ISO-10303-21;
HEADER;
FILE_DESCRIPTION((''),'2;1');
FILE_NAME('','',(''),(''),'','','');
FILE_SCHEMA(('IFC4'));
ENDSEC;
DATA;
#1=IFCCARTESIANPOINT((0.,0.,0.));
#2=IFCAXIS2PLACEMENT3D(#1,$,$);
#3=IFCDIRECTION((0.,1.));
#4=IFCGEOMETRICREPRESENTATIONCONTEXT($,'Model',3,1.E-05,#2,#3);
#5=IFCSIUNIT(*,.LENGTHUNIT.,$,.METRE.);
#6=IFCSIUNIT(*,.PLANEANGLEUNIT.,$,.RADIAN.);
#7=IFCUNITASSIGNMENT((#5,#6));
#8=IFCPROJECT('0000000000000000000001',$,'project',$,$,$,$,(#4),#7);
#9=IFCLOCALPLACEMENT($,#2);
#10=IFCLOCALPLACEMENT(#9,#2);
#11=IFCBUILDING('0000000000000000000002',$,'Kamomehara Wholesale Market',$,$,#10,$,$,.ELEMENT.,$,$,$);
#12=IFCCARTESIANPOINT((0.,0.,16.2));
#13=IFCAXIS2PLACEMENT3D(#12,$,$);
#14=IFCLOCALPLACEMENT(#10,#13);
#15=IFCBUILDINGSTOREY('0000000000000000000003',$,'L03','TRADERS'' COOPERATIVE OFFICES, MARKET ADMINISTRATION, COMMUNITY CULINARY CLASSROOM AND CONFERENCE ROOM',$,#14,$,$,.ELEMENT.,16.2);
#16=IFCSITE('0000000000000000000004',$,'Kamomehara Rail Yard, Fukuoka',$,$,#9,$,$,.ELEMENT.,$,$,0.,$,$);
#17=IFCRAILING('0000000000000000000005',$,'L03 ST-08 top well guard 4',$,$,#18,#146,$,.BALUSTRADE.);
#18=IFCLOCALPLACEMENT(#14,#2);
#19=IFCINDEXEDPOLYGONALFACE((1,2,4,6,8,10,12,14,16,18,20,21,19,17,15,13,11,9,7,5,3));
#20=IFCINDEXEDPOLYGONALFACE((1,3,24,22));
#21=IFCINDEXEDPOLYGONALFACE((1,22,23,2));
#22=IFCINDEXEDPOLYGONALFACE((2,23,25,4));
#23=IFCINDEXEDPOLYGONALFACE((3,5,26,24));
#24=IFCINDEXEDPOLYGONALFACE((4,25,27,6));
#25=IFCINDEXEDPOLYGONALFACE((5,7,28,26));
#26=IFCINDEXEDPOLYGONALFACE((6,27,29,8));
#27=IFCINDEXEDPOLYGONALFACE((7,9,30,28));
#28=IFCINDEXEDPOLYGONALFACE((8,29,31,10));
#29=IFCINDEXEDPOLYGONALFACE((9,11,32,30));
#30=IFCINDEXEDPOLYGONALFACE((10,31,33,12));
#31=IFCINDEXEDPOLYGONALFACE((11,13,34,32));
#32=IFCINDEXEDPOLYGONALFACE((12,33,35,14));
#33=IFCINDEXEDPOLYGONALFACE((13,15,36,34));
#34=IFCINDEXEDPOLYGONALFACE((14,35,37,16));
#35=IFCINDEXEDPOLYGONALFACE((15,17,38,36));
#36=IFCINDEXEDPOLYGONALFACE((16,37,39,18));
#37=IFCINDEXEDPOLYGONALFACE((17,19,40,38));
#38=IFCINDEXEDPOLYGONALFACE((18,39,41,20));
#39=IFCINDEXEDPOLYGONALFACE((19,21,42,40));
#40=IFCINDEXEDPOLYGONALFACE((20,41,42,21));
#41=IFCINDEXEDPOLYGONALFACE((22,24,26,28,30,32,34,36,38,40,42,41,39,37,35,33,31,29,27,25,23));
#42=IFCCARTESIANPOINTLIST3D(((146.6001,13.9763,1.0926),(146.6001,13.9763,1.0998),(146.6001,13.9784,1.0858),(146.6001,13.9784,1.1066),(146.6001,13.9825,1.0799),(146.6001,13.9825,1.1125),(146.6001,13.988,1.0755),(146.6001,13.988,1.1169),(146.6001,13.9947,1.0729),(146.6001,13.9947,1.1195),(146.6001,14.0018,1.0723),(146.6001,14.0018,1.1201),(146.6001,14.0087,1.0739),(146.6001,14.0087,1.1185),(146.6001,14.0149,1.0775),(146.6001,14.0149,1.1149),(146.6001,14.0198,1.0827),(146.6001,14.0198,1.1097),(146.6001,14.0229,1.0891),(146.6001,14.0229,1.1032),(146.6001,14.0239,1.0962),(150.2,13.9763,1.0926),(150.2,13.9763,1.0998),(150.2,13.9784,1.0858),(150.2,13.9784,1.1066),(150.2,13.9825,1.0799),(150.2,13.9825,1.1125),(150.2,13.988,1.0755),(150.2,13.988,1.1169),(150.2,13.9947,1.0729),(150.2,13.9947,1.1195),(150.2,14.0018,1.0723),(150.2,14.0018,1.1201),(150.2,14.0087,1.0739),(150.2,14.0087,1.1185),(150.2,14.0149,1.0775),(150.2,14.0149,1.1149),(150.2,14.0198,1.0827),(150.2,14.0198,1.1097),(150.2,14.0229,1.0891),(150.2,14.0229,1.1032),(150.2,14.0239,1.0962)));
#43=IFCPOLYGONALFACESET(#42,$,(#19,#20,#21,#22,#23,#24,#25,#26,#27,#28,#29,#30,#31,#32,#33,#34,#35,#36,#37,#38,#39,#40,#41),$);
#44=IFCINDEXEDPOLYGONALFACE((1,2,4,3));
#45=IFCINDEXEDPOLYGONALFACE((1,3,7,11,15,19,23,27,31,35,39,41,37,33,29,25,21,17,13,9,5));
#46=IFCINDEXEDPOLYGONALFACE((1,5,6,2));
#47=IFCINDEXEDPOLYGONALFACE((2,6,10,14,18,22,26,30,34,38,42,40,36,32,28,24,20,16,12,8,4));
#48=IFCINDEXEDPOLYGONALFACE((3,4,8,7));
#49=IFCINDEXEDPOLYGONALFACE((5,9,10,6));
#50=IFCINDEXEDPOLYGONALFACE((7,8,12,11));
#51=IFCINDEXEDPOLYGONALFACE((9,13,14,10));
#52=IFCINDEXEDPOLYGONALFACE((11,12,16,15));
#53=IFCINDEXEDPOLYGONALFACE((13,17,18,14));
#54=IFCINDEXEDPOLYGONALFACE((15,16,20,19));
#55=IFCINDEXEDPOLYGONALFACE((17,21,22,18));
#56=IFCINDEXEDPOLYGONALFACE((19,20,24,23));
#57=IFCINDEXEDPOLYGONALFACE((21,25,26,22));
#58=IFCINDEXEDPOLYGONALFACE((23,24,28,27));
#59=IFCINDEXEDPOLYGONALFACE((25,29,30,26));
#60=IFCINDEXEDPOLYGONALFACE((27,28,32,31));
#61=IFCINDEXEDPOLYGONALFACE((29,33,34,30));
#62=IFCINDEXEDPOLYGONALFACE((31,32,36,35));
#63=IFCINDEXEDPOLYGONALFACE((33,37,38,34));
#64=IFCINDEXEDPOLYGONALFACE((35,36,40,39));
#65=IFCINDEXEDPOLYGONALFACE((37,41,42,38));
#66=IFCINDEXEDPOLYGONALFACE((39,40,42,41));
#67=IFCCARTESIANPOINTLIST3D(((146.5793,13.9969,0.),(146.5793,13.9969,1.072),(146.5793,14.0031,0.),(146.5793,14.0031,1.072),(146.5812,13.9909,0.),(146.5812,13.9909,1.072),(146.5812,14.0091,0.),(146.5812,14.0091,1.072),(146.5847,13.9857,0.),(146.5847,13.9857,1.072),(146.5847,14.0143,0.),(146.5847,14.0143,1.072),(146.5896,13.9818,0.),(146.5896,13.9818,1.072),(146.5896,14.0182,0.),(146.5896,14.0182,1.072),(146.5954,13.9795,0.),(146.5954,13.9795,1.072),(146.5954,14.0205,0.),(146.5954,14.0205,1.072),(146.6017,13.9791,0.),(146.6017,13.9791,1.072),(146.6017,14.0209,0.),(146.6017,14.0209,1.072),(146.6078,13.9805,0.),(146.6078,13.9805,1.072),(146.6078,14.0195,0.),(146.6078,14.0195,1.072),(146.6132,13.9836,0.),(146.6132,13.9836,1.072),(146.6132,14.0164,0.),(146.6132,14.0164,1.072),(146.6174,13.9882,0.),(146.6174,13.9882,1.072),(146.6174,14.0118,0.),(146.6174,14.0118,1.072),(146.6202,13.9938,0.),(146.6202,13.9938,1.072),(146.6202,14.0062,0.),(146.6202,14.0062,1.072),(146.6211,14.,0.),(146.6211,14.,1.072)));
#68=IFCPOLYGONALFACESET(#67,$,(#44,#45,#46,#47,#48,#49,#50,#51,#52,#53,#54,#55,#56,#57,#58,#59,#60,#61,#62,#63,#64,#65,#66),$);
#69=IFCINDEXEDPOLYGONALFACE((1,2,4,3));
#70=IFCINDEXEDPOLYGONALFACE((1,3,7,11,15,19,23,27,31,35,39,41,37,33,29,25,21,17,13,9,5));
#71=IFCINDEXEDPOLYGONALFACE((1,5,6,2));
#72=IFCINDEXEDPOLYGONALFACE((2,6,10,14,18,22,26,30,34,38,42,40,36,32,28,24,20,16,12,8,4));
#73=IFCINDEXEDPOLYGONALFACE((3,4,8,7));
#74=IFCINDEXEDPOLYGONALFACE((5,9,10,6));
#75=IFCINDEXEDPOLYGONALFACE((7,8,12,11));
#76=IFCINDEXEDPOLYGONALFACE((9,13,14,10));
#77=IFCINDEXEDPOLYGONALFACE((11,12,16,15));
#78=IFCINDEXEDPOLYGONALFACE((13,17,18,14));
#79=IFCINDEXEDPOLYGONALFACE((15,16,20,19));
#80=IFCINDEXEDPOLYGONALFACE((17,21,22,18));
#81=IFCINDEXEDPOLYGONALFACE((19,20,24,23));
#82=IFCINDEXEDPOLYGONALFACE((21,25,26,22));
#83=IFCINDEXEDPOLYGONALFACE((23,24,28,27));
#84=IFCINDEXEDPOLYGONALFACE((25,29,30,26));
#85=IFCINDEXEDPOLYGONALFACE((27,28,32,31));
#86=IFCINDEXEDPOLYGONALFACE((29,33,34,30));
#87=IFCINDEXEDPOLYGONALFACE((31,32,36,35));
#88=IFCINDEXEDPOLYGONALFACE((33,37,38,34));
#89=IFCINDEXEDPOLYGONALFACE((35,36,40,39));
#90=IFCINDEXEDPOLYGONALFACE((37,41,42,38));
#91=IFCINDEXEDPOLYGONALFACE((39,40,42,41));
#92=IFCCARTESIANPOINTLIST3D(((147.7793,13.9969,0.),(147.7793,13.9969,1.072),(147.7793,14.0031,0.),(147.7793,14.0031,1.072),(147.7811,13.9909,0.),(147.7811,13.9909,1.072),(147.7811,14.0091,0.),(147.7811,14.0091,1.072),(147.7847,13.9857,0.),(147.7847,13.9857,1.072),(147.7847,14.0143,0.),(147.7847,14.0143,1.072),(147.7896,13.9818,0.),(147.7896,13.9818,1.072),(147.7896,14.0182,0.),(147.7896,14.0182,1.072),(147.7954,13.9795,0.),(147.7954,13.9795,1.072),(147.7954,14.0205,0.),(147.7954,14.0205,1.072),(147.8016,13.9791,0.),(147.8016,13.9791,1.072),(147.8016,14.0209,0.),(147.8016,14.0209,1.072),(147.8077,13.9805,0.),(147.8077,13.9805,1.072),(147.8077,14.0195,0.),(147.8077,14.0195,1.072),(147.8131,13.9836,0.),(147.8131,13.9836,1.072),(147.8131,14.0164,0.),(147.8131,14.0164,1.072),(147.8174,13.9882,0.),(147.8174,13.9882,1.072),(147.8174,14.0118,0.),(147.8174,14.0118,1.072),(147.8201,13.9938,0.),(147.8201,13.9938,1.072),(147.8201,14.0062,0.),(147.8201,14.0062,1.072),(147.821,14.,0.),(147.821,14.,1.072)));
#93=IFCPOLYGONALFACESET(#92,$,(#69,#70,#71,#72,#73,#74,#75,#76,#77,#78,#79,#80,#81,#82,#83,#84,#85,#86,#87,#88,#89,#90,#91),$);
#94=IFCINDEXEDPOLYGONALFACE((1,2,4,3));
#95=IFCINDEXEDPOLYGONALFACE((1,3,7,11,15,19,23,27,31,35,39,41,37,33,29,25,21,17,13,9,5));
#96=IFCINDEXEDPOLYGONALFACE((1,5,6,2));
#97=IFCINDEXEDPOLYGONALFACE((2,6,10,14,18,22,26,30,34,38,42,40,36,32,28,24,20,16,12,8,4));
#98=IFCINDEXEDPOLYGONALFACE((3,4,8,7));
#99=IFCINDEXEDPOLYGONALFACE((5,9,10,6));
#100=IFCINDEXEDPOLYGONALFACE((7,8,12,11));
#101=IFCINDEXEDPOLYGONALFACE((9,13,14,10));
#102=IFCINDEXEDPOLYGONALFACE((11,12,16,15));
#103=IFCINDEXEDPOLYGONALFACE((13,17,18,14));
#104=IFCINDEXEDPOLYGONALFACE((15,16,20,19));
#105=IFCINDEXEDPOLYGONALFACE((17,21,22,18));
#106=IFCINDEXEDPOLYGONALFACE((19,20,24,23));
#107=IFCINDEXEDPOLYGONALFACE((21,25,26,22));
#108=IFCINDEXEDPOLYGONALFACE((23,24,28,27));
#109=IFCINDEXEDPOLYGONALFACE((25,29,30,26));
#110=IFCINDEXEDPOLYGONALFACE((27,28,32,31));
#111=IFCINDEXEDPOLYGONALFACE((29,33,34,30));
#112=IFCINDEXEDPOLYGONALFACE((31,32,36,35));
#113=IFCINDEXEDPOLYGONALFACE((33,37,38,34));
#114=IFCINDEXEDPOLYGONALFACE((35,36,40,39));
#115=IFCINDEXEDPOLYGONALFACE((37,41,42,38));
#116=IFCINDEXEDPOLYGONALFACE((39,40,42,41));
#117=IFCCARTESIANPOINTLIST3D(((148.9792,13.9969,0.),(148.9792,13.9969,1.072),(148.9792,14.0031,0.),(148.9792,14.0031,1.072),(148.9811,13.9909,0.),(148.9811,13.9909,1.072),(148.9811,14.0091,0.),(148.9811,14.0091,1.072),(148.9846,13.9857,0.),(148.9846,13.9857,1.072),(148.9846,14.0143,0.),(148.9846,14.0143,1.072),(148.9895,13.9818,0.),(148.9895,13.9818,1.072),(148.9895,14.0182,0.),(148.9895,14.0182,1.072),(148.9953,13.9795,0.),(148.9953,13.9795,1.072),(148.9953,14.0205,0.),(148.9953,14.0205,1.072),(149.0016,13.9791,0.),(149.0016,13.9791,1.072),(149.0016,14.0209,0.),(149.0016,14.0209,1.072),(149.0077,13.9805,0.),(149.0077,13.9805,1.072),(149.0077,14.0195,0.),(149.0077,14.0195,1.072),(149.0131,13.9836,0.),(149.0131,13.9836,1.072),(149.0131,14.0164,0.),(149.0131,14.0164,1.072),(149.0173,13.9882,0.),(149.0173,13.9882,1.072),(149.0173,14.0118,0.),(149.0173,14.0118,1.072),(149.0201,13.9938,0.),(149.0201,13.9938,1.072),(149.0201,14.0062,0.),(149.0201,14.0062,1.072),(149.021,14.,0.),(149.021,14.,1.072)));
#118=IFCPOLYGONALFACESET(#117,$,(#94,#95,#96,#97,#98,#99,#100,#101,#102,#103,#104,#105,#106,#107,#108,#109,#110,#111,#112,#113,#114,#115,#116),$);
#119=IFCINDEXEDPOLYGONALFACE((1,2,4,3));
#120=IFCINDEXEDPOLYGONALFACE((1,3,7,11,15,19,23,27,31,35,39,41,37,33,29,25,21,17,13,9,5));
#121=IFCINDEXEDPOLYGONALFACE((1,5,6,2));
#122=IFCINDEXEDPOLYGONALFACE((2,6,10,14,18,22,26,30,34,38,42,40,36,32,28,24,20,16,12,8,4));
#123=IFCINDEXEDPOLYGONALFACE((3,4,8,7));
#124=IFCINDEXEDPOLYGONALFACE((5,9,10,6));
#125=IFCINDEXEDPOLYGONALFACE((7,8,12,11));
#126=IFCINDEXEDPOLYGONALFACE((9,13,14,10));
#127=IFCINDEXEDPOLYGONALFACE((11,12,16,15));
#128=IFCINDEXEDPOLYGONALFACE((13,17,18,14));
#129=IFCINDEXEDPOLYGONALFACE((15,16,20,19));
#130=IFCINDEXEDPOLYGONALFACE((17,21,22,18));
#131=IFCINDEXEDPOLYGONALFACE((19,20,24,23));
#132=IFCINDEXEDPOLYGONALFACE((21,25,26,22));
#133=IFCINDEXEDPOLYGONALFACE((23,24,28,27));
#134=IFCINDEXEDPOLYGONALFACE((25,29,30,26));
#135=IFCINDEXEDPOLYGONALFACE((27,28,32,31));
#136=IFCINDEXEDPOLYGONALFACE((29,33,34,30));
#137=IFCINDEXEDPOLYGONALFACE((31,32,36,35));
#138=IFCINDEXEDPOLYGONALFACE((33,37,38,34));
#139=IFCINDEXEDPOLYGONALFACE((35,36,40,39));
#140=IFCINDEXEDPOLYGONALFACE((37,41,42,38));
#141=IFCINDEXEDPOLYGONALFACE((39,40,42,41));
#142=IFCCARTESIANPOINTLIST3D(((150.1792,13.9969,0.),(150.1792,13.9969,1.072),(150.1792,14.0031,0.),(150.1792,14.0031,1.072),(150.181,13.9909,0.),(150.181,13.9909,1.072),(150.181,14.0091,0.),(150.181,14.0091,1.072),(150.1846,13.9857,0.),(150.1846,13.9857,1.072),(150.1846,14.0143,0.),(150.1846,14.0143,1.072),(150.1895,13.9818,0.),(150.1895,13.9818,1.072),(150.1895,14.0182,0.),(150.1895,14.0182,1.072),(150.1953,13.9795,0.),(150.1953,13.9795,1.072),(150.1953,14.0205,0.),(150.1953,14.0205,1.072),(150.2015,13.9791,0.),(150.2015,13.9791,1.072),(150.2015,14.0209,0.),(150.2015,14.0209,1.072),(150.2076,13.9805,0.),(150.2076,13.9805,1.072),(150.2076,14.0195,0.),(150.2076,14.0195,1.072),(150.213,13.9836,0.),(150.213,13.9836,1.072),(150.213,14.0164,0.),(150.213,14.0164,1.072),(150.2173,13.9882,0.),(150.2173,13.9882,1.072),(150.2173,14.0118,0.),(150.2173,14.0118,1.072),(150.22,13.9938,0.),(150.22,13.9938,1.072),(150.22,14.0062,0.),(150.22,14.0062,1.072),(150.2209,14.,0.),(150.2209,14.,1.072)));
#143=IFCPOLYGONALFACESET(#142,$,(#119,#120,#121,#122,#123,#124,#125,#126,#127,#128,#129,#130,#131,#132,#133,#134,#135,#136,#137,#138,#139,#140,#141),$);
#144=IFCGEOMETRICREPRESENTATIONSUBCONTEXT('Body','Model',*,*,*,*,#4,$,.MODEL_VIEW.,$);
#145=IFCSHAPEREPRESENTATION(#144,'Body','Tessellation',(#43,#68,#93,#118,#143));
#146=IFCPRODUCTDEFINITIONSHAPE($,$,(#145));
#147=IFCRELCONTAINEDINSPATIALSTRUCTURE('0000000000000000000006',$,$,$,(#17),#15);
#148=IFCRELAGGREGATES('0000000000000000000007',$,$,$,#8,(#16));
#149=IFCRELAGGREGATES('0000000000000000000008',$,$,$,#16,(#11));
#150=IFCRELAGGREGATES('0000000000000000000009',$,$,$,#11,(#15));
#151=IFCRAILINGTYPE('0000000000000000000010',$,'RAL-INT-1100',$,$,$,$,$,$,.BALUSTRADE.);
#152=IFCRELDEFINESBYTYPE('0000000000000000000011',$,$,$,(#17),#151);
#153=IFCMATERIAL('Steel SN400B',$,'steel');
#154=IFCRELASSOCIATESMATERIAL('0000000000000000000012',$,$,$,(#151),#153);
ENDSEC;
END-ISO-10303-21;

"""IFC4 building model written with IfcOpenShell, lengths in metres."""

from ifc_helpers import new_model, si_unit, direction, frame, origin, origin_2d, place, context, subcontext, project, spatial, circle, extrude, material, type_object, element, save


model = new_model("IFC4")

# Units and contexts
model_context = context("Model", 3, precision=1e-05, world=origin(), true_north=direction((0.0, 1.0)))
body_context = subcontext(model_context, "Body", "Model", "MODEL_VIEW")
ifc_project = project(units=[si_unit("LENGTHUNIT", "METRE"), si_unit("PLANEANGLEUNIT", "RADIAN")], contexts=[model_context])

# Site, building, storey
site_placement = place(None, origin())
site = spatial("IfcSite", under=ifc_project, at=site_placement, Name="Kamomehara Rail Yard, Fukuoka", CompositionType="ELEMENT", RefElevation=0.0)
building_placement = place(site_placement, origin())
building = spatial("IfcBuilding", under=site, at=building_placement, Name="Kamomehara Wholesale Market", CompositionType="ELEMENT")
storey_placement = place(building_placement, frame((0.0, 0.0, 16.2)))
storey = spatial("IfcBuildingStorey", under=building, at=storey_placement, Name="L03", Description="TRADERS' COOPERATIVE OFFICES, MARKET ADMINISTRATION, COMMUNITY CULINARY CLASSROOM AND CONFERENCE ROOM", CompositionType="ELEMENT", Elevation=16.2)

# Railing
ifc_material_1 = material(Name="Steel SN400B", Category="steel")
railing_type = type_object("IfcRailingType", Name="RAL-INT-1100", PredefinedType="BALUSTRADE", material=ifc_material_1)
railing_1_placement = place(storey_placement, frame((146.6001, 14.0, 0.0)))
element("IfcRailing", 1, at=railing_1_placement, inside=storey, type_object=railing_type, Name="L03 ST-08 top well guard 4", PredefinedType="BALUSTRADE", context=body_context, shape_type="SweptSolid", body=[
    extrude(circle(Radius=0.0239, at=origin_2d()), frame((0.0, 0.0, 1.0962), z_axis=(1.0, 0.0, 0.0), x_axis=(0.0, 1.0, 0.0)), (0.0, 0.0, 1.0), 3.5999),
    extrude(circle(Radius=0.021, at=origin_2d()), origin(), (0.0, 0.0, 1.0), 1.072),
    extrude(circle(Radius=0.021, at=origin_2d()), frame((1.2, 0.0, 0.0)), (0.0, 0.0, 1.0), 1.072),
    extrude(circle(Radius=0.021, at=origin_2d()), frame((2.3999, 0.0, 0.0)), (0.0, 0.0, 1.0), 1.072),
    extrude(circle(Radius=0.021, at=origin_2d()), frame((3.5999, 0.0, 0.0)), (0.0, 0.0, 1.0), 1.072),
])

save(model, "model.ifc")
